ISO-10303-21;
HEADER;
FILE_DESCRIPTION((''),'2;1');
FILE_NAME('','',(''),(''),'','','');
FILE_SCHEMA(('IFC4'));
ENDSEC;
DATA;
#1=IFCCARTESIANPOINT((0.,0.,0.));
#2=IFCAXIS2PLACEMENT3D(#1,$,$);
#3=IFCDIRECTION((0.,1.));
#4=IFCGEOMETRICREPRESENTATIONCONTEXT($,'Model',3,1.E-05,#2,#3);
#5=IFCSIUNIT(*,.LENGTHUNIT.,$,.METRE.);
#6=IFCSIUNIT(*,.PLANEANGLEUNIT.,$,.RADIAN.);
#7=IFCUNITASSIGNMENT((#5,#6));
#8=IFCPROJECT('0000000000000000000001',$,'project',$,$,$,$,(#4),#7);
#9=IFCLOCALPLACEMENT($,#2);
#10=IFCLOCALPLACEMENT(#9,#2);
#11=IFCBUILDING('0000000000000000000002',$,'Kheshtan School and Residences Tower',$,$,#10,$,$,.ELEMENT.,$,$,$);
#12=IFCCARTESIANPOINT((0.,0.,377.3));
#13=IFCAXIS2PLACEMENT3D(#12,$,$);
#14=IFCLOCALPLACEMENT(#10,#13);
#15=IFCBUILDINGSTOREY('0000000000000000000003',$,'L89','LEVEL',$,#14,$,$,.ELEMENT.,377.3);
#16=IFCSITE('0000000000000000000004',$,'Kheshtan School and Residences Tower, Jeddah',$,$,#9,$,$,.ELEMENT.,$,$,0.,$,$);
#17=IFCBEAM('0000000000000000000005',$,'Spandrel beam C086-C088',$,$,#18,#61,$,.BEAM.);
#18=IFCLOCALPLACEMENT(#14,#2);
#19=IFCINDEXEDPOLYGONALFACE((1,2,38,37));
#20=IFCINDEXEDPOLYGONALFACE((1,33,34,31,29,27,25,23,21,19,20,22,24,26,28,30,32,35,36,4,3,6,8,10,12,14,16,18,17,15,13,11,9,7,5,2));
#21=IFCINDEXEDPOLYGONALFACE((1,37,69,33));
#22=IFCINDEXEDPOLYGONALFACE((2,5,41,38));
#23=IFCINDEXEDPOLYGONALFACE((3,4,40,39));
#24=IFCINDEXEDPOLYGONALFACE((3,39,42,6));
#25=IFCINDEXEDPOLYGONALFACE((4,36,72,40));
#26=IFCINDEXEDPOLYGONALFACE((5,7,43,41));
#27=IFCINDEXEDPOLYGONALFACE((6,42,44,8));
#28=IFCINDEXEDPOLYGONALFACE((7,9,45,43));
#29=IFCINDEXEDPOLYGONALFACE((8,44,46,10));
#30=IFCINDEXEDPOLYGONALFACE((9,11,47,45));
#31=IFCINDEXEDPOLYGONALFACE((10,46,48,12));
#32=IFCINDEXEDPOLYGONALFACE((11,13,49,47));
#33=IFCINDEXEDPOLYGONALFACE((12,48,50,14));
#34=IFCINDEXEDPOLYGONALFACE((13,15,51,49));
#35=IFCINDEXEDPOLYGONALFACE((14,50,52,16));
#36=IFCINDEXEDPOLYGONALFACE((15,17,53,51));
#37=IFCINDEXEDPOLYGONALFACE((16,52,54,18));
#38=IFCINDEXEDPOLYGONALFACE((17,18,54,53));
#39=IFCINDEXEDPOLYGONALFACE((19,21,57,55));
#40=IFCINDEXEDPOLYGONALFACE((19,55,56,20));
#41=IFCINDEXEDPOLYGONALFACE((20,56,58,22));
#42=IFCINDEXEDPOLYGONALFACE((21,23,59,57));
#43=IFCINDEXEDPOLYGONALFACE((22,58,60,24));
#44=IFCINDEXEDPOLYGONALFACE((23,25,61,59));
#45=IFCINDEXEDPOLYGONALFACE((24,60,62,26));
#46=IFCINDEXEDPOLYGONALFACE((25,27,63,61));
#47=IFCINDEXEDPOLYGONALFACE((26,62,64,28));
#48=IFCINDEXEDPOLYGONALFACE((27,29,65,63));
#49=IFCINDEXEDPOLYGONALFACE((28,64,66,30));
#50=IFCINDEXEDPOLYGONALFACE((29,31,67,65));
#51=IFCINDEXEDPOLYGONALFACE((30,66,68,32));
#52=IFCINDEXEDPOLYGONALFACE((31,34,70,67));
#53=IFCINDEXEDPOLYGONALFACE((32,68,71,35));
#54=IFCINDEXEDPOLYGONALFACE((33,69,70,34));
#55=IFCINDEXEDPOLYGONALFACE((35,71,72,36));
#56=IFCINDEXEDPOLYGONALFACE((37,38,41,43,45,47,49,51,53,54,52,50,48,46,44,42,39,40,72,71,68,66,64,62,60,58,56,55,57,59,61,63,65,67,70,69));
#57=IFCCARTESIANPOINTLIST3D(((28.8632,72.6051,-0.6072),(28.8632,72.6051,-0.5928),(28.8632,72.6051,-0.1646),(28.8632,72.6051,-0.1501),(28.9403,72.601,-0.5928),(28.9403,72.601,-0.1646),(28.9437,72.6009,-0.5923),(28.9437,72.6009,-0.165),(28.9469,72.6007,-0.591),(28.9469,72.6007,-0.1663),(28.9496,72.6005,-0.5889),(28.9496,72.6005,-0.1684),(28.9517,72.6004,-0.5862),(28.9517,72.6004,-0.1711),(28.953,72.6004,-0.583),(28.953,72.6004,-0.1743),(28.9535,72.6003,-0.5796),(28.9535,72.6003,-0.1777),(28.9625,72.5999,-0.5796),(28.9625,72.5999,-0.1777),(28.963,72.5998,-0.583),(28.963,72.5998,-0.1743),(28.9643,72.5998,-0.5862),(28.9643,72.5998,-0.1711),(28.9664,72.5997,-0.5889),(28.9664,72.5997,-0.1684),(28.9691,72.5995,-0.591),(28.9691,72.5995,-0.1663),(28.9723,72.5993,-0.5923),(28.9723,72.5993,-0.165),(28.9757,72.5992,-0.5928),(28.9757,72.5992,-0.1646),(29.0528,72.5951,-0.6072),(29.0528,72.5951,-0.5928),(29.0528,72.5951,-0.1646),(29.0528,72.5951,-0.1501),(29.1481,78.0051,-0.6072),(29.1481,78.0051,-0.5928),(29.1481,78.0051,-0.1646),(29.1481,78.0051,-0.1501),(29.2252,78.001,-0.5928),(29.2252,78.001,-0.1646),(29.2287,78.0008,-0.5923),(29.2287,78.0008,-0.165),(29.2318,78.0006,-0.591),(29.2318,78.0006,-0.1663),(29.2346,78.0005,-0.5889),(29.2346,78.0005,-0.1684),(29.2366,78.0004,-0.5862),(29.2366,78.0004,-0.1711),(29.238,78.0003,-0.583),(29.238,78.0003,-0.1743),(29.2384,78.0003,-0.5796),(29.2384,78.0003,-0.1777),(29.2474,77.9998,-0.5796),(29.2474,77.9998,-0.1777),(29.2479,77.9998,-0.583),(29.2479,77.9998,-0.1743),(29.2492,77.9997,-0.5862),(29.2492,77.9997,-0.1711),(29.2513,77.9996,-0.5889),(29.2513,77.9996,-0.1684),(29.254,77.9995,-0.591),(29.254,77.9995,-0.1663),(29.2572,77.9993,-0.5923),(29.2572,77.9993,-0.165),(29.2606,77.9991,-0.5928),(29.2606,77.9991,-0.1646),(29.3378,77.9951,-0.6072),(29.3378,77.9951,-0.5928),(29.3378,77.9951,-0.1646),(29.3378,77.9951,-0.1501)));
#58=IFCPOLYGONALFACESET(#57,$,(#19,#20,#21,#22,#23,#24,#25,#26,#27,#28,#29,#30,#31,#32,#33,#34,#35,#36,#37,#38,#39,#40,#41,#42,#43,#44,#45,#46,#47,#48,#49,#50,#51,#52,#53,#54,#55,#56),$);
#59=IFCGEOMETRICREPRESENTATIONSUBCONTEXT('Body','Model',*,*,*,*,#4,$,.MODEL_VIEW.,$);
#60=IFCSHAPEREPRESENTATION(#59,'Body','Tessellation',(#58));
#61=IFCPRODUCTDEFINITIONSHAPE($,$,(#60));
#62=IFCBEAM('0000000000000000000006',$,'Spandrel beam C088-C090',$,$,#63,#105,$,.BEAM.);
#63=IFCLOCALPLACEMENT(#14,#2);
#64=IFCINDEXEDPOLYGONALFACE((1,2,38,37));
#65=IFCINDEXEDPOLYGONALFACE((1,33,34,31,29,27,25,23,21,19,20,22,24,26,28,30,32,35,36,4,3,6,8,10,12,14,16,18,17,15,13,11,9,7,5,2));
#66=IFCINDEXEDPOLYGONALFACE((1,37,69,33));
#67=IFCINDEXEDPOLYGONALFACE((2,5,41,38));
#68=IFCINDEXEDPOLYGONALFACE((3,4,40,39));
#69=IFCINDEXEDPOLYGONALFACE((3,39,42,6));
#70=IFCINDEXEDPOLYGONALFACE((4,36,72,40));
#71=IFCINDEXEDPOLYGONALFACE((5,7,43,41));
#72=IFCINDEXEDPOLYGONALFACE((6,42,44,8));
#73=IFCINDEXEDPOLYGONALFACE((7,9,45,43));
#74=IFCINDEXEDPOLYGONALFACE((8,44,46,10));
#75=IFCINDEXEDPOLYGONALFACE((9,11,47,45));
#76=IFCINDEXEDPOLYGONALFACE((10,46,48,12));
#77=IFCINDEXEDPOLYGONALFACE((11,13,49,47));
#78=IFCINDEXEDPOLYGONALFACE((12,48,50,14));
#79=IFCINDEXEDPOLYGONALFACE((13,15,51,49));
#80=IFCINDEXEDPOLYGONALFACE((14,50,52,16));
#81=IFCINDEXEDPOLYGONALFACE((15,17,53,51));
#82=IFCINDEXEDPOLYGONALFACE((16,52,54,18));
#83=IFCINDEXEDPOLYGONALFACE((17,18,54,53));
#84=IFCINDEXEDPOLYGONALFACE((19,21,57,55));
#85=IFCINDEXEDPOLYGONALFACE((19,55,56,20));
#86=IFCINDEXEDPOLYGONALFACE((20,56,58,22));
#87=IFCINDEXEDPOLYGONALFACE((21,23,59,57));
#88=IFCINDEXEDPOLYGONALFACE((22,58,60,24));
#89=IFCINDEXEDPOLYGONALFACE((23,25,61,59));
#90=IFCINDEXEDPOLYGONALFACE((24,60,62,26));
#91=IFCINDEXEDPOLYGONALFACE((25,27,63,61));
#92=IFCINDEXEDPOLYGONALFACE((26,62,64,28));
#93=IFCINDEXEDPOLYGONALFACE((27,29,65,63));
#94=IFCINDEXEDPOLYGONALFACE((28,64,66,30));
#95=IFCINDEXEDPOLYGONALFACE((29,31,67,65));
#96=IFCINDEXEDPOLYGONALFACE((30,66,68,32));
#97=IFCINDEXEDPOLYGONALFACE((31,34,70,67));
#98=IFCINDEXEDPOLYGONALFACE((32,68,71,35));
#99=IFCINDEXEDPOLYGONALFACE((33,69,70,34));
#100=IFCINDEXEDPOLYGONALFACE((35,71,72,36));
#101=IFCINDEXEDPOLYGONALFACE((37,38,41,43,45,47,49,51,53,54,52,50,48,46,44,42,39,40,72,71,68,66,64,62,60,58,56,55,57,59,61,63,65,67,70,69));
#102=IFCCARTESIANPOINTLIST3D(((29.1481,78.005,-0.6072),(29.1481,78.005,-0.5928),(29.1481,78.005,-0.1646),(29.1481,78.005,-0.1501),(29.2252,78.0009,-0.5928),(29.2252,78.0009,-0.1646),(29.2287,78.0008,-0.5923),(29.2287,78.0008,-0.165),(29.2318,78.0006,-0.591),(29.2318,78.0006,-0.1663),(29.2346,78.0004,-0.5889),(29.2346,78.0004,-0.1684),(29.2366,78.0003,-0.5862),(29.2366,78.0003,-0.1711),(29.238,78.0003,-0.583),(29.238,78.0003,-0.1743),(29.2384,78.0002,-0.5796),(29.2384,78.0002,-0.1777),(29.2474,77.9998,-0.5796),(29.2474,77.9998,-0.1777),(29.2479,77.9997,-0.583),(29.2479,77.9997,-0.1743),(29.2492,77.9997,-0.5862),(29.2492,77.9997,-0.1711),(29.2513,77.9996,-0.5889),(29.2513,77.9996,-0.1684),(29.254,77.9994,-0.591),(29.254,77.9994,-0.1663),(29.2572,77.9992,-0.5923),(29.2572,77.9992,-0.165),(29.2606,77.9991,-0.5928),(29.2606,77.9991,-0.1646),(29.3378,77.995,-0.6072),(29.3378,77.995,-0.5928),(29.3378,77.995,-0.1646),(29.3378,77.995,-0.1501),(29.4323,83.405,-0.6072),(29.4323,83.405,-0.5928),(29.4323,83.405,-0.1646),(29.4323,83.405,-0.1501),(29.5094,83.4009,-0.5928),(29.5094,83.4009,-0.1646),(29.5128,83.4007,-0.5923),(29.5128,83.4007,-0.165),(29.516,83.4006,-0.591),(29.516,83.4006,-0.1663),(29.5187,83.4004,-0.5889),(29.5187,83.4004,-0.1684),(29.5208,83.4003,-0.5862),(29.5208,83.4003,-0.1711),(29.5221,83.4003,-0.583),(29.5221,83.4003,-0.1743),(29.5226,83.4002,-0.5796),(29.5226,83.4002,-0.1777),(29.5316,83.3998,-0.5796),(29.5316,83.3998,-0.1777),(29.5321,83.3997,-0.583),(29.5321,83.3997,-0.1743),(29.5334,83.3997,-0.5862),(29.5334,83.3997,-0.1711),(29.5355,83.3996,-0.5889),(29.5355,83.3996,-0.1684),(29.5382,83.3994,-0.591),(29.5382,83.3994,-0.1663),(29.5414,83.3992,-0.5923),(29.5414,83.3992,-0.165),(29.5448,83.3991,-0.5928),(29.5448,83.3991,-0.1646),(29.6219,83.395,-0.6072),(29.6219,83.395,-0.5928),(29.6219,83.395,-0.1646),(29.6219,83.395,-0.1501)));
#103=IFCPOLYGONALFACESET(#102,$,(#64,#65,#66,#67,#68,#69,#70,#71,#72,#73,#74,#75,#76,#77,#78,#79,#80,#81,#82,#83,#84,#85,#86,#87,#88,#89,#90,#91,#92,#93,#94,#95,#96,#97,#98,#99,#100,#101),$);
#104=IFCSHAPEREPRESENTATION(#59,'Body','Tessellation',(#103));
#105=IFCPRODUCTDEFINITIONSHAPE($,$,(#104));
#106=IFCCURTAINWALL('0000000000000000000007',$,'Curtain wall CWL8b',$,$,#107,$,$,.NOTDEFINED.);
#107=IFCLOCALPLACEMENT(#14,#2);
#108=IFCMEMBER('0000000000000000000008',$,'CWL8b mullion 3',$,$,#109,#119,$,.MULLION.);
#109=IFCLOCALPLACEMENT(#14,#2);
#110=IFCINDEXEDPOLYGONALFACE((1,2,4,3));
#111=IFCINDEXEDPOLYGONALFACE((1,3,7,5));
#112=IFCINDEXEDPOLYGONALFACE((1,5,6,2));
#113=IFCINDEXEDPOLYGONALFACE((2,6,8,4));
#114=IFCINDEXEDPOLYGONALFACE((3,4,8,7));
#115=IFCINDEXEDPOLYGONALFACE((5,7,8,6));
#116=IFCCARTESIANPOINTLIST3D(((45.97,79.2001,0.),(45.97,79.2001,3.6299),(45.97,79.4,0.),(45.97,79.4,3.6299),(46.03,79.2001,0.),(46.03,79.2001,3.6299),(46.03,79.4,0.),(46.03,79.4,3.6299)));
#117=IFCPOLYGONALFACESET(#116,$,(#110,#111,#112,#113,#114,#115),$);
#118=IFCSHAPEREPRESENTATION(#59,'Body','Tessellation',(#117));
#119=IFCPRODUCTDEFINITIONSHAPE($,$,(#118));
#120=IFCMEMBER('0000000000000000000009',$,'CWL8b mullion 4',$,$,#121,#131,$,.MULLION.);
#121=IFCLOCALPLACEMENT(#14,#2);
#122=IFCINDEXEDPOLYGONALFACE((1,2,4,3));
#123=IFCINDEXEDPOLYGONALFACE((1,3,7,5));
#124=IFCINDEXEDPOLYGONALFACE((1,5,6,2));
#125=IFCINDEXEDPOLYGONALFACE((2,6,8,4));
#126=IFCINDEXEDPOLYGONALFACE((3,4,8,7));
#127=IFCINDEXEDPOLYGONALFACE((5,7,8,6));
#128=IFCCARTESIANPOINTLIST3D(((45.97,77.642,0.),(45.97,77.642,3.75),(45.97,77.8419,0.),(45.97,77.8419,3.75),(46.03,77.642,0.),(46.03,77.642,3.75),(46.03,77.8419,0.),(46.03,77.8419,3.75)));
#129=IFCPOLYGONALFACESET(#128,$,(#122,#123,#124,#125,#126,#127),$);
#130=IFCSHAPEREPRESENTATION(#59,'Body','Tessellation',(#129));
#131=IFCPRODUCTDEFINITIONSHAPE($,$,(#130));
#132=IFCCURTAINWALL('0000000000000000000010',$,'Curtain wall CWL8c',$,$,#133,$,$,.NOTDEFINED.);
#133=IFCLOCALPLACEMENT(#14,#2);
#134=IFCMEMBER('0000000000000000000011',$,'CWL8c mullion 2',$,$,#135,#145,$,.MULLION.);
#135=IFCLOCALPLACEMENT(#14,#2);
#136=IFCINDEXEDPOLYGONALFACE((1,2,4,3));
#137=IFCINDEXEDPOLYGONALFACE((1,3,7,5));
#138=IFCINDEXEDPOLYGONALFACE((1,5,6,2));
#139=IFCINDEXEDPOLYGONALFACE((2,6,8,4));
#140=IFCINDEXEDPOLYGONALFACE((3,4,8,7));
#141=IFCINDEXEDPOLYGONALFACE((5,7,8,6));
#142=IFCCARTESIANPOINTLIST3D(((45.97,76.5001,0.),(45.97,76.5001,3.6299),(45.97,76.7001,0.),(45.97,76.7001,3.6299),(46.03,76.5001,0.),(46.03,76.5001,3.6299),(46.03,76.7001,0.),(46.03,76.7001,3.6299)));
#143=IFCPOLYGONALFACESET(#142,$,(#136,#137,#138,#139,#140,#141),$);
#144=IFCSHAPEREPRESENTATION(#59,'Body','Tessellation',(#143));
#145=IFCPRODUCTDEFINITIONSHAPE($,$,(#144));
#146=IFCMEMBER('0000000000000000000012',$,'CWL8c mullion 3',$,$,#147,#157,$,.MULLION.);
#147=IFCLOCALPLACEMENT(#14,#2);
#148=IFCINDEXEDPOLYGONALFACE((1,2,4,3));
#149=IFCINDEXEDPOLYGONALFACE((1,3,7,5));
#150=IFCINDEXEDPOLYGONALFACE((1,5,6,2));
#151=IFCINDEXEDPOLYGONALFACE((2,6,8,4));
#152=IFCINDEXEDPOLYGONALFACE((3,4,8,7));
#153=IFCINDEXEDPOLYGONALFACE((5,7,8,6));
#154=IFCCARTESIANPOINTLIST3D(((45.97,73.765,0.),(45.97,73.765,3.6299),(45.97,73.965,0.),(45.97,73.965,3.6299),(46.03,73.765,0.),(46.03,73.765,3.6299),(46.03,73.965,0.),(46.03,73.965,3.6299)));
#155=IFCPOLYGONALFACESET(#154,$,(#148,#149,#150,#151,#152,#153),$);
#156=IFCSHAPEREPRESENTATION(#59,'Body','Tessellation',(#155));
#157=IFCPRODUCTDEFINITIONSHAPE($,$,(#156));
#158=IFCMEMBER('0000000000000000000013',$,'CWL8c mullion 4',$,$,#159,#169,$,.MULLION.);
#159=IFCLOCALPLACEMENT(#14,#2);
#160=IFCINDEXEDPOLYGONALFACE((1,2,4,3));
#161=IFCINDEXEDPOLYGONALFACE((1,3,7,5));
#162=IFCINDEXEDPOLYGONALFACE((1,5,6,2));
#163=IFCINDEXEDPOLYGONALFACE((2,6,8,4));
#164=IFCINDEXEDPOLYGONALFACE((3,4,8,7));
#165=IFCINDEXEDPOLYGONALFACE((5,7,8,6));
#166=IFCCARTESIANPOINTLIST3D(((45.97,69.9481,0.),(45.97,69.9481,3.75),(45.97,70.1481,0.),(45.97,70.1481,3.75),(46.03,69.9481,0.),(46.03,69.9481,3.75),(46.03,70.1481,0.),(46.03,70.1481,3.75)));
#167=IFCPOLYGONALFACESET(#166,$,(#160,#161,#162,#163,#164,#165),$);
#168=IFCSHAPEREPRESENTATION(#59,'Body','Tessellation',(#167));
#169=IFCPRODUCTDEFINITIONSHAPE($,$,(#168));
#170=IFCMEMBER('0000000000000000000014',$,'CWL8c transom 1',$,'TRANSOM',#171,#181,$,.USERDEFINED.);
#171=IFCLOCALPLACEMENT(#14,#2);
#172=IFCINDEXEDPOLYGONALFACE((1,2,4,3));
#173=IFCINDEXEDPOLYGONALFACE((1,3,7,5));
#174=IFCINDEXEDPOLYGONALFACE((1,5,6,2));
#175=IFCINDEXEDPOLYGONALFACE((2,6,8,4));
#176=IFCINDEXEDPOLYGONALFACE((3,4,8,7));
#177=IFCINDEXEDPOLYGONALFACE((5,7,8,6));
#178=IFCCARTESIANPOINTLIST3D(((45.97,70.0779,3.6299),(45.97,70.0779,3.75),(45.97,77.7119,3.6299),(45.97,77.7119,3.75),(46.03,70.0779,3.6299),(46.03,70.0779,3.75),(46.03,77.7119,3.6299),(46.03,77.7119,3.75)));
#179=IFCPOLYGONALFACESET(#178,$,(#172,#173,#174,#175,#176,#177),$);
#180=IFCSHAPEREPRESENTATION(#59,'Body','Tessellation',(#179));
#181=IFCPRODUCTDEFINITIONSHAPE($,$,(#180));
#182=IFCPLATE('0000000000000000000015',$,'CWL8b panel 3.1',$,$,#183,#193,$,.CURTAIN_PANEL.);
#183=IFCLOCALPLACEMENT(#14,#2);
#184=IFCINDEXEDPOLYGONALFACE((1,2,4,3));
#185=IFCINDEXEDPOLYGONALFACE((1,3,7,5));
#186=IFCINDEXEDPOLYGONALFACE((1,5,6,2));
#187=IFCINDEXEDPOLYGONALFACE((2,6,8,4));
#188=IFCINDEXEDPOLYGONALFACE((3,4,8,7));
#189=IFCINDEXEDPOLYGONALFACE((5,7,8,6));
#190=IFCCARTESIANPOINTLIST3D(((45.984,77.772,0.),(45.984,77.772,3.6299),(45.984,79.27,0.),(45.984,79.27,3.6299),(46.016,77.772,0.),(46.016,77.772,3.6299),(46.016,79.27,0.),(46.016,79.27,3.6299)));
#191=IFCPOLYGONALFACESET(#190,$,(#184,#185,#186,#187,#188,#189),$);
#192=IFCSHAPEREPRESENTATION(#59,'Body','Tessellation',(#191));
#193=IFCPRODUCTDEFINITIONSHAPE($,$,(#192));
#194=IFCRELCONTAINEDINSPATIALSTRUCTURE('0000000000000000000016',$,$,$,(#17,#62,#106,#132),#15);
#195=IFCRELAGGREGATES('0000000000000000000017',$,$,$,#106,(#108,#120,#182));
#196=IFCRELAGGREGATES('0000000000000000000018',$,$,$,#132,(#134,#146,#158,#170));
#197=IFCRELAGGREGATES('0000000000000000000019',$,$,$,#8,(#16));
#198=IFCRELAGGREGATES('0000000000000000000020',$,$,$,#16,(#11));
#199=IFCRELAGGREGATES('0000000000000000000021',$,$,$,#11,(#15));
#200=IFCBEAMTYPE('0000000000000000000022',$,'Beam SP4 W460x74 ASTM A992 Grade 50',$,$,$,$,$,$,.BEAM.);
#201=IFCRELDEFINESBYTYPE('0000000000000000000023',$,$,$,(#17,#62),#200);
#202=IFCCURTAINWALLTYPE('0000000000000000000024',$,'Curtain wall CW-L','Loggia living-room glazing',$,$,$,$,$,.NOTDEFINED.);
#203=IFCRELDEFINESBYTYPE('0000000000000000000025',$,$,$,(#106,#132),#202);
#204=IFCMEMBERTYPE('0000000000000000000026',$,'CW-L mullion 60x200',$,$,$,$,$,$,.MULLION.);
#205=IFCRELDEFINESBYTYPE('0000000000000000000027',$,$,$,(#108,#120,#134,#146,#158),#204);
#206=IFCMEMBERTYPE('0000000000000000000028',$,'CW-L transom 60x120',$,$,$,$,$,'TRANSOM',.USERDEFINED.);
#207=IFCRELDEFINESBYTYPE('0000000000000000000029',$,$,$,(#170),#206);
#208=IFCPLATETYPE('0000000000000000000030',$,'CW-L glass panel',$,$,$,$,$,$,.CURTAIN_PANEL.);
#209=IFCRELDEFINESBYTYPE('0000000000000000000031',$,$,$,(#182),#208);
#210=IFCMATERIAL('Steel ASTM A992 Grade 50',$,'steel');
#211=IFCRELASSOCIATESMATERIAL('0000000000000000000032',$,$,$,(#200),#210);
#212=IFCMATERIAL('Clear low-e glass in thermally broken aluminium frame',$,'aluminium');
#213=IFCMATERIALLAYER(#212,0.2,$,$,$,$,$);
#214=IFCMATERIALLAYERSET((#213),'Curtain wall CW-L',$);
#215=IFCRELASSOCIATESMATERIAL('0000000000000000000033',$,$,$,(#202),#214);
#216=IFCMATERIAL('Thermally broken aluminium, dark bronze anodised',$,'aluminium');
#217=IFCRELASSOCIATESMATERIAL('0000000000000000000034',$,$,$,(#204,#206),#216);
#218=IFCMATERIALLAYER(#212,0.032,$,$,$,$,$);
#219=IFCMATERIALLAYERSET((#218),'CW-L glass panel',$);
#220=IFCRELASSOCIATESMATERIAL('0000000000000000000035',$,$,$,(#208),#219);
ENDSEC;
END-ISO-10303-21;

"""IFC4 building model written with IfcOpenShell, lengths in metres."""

from ifc_helpers import new_model, si_unit, direction, frame, origin, origin_2d, place, context, subcontext, project, spatial, rectangle, i_section, extrude, material, layer, layer_set, material_profile, profile_set, type_object, element, aggregate, save


model = new_model("IFC4")

# Units and contexts
model_context = context("Model", 3, precision=1e-05, world=origin(), true_north=direction((0.0, 1.0)))
body_context = subcontext(model_context, "Body", "Model", "MODEL_VIEW")
ifc_project = project(units=[si_unit("LENGTHUNIT", "METRE"), si_unit("PLANEANGLEUNIT", "RADIAN")], contexts=[model_context])

# Site, building, storey
site_placement = place(None, origin())
site = spatial("IfcSite", under=ifc_project, at=site_placement, Name="Kheshtan School and Residences Tower, Jeddah", CompositionType="ELEMENT", RefElevation=0.0)
building_placement = place(site_placement, origin())
building = spatial("IfcBuilding", under=site, at=building_placement, Name="Kheshtan School and Residences Tower", CompositionType="ELEMENT")
storey_placement = place(building_placement, frame((0.0, 0.0, 377.3)))
storey = spatial("IfcBuildingStorey", under=building, at=storey_placement, Name="L89", Description="LEVEL", CompositionType="ELEMENT", Elevation=377.3)

# Shared definitions
ifc_material_1 = material(Name="Steel ASTM A992 Grade 50", Category="steel")

# Beams
ifc_material_profile_1 = material_profile(ifc_material_1, i_section(OverallWidth=0.1899, OverallDepth=0.457, WebThickness=0.009, FlangeThickness=0.0144, FilletRadius=0.0132, at=origin_2d()), Name="W460x74")
ifc_profile_set_1 = profile_set([ifc_material_profile_1], Name="Steel ASTM A992 Grade 50")
beam_type_1 = type_object("IfcBeamType", Name="Beam SP4 W460x74 ASTM A992 Grade 50", PredefinedType="BEAM", material=ifc_profile_set_1)
for number, where, z_axis, x_axis, name in (
    (1, (28.958, 72.6001, -0.3787), (0.052689, 0.998611, 0.0), (-0.998611, 0.052689, 0.0), "Spandrel beam C086-C088"),
    (2, (29.2429, 78.0, -0.3787), (0.052554, 0.998618, 0.0), (-0.998618, 0.052554, 0.0), "Spandrel beam C088-C090"),
):
    element("IfcBeam", number, at=place(storey_placement, frame(where, z_axis=z_axis, x_axis=x_axis)), inside=storey, type_object=beam_type_1, Name=name, PredefinedType="BEAM", context=body_context, shape_type="SweptSolid", body=[
        extrude(i_section(OverallWidth=0.1899, OverallDepth=0.457, WebThickness=0.009, FlangeThickness=0.0144, FilletRadius=0.0132, at=origin_2d()), origin(), (0.0, 0.0, 1.0), 5.4075),
    ])

# Curtain walls, members
ifc_material_2 = material(Name="Clear low-e glass in thermally broken aluminium frame", Category="aluminium")
ifc_layer_1 = layer(ifc_material_2, 0.2)
ifc_layer_set_1 = layer_set([ifc_layer_1], Name="Curtain wall CW-L")
curtain_wall_type = type_object("IfcCurtainWallType", Name="Curtain wall CW-L", Description="Loggia living-room glazing", PredefinedType="NOTDEFINED", material=ifc_layer_set_1)
curtain_wall_1_placement = place(storey_placement, origin())
curtain_wall_1 = element("IfcCurtainWall", 3, at=curtain_wall_1_placement, inside=storey, type_object=curtain_wall_type, Name="Curtain wall CWL8b", PredefinedType="NOTDEFINED")
ifc_material_3 = material(Name="Thermally broken aluminium, dark bronze anodised", Category="aluminium")
ifc_material_profile_2 = material_profile(ifc_material_3, rectangle(XDim=0.0601, YDim=0.2, at=origin_2d()), Name="CW-L mullion 60x200")
ifc_profile_set_2 = profile_set([ifc_material_profile_2], Name="Thermally broken aluminium, dark bronze anodised")
member_type_1 = type_object("IfcMemberType", Name="CW-L mullion 60x200", PredefinedType="MULLION", material=ifc_profile_set_2)
member_1_placement = place(storey_placement, frame((46.0, 79.3, 0.0), z_axis=(0.0, 0.0, 1.0), x_axis=(1.0, 0.0, 0.0)))
member_1 = element("IfcMember", 4, at=member_1_placement, type_object=member_type_1, Name="CWL8b mullion 3", PredefinedType="MULLION", context=body_context, shape_type="SweptSolid", body=[
    extrude(rectangle(XDim=0.0601, YDim=0.2, at=origin_2d()), origin(), (0.0, 0.0, 1.0), 3.6299),
])
member_2_placement = place(storey_placement, frame((46.0, 77.7419, 0.0), z_axis=(0.0, 0.0, 1.0), x_axis=(1.0, 0.0, 0.0)))
member_2 = element("IfcMember", 5, at=member_2_placement, type_object=member_type_1, Name="CWL8b mullion 4", PredefinedType="MULLION", context=body_context, shape_type="SweptSolid", body=[
    extrude(rectangle(XDim=0.0601, YDim=0.2, at=origin_2d()), origin(), (0.0, 0.0, 1.0), 3.75),
])
curtain_wall_2_placement = place(storey_placement, origin())
curtain_wall_2 = element("IfcCurtainWall", 6, at=curtain_wall_2_placement, inside=storey, type_object=curtain_wall_type, Name="Curtain wall CWL8c", PredefinedType="NOTDEFINED")
member_3_placement = place(storey_placement, frame((46.0, 76.6001, 0.0), z_axis=(0.0, 0.0, 1.0), x_axis=(1.0, 0.0, 0.0)))
member_3 = element("IfcMember", 7, at=member_3_placement, type_object=member_type_1, Name="CWL8c mullion 2", PredefinedType="MULLION", context=body_context, shape_type="SweptSolid", body=[
    extrude(rectangle(XDim=0.0601, YDim=0.2, at=origin_2d()), origin(), (0.0, 0.0, 1.0), 3.6299),
])
member_4_placement = place(storey_placement, frame((46.0, 73.865, 0.0), z_axis=(0.0, 0.0, 1.0), x_axis=(1.0, 0.0, 0.0)))
member_4 = element("IfcMember", 8, at=member_4_placement, type_object=member_type_1, Name="CWL8c mullion 3", PredefinedType="MULLION", context=body_context, shape_type="SweptSolid", body=[
    extrude(rectangle(XDim=0.0601, YDim=0.2, at=origin_2d()), origin(), (0.0, 0.0, 1.0), 3.6299),
])
member_5_placement = place(storey_placement, frame((46.0, 70.0481, 0.0), z_axis=(0.0, 0.0, 1.0), x_axis=(1.0, 0.0, 0.0)))
member_5 = element("IfcMember", 9, at=member_5_placement, type_object=member_type_1, Name="CWL8c mullion 4", PredefinedType="MULLION", context=body_context, shape_type="SweptSolid", body=[
    extrude(rectangle(XDim=0.0601, YDim=0.2, at=origin_2d()), origin(), (0.0, 0.0, 1.0), 3.75),
])
ifc_material_profile_3 = material_profile(ifc_material_3, rectangle(XDim=0.0601, YDim=0.1201, at=origin_2d()), Name="CW-L transom 60x120")
ifc_profile_set_3 = profile_set([ifc_material_profile_3], Name="Thermally broken aluminium, dark bronze anodised")
member_type_2 = type_object("IfcMemberType", Name="CW-L transom 60x120", ElementType="TRANSOM", PredefinedType="USERDEFINED", material=ifc_profile_set_3)
member_6_placement = place(storey_placement, frame((46.0, 77.7119, 3.6899), z_axis=(0.0, -1.0, 0.0), x_axis=(1.0, 0.0, 0.0)))
member_6 = element("IfcMember", 10, at=member_6_placement, type_object=member_type_2, Name="CWL8c transom 1", ObjectType="TRANSOM", PredefinedType="USERDEFINED", context=body_context, shape_type="SweptSolid", body=[
    extrude(rectangle(XDim=0.0601, YDim=0.1201, at=origin_2d()), origin(), (0.0, 0.0, 1.0), 7.634),
])

# Plate
ifc_layer_2 = layer(ifc_material_2, 0.032)
ifc_layer_set_2 = layer_set([ifc_layer_2], Name="CW-L glass panel")
plate_type = type_object("IfcPlateType", Name="CW-L glass panel", PredefinedType="CURTAIN_PANEL", material=ifc_layer_set_2)
plate_1_placement = place(storey_placement, frame((46.0, 78.521, 0.0), z_axis=(0.0, 0.0, 1.0), x_axis=(0.0, -1.0, 0.0)))
plate_1 = element("IfcPlate", 11, at=plate_1_placement, type_object=plate_type, Name="CWL8b panel 3.1", PredefinedType="CURTAIN_PANEL", context=body_context, shape_type="SweptSolid", body=[
    extrude(rectangle(XDim=1.498, YDim=0.032, at=origin_2d()), origin(), (0.0, 0.0, 1.0), 3.6299),
])
aggregate(curtain_wall_1, [member_1, member_2, plate_1])
aggregate(curtain_wall_2, [member_3, member_4, member_5, member_6])

save(model, "model.ifc")
